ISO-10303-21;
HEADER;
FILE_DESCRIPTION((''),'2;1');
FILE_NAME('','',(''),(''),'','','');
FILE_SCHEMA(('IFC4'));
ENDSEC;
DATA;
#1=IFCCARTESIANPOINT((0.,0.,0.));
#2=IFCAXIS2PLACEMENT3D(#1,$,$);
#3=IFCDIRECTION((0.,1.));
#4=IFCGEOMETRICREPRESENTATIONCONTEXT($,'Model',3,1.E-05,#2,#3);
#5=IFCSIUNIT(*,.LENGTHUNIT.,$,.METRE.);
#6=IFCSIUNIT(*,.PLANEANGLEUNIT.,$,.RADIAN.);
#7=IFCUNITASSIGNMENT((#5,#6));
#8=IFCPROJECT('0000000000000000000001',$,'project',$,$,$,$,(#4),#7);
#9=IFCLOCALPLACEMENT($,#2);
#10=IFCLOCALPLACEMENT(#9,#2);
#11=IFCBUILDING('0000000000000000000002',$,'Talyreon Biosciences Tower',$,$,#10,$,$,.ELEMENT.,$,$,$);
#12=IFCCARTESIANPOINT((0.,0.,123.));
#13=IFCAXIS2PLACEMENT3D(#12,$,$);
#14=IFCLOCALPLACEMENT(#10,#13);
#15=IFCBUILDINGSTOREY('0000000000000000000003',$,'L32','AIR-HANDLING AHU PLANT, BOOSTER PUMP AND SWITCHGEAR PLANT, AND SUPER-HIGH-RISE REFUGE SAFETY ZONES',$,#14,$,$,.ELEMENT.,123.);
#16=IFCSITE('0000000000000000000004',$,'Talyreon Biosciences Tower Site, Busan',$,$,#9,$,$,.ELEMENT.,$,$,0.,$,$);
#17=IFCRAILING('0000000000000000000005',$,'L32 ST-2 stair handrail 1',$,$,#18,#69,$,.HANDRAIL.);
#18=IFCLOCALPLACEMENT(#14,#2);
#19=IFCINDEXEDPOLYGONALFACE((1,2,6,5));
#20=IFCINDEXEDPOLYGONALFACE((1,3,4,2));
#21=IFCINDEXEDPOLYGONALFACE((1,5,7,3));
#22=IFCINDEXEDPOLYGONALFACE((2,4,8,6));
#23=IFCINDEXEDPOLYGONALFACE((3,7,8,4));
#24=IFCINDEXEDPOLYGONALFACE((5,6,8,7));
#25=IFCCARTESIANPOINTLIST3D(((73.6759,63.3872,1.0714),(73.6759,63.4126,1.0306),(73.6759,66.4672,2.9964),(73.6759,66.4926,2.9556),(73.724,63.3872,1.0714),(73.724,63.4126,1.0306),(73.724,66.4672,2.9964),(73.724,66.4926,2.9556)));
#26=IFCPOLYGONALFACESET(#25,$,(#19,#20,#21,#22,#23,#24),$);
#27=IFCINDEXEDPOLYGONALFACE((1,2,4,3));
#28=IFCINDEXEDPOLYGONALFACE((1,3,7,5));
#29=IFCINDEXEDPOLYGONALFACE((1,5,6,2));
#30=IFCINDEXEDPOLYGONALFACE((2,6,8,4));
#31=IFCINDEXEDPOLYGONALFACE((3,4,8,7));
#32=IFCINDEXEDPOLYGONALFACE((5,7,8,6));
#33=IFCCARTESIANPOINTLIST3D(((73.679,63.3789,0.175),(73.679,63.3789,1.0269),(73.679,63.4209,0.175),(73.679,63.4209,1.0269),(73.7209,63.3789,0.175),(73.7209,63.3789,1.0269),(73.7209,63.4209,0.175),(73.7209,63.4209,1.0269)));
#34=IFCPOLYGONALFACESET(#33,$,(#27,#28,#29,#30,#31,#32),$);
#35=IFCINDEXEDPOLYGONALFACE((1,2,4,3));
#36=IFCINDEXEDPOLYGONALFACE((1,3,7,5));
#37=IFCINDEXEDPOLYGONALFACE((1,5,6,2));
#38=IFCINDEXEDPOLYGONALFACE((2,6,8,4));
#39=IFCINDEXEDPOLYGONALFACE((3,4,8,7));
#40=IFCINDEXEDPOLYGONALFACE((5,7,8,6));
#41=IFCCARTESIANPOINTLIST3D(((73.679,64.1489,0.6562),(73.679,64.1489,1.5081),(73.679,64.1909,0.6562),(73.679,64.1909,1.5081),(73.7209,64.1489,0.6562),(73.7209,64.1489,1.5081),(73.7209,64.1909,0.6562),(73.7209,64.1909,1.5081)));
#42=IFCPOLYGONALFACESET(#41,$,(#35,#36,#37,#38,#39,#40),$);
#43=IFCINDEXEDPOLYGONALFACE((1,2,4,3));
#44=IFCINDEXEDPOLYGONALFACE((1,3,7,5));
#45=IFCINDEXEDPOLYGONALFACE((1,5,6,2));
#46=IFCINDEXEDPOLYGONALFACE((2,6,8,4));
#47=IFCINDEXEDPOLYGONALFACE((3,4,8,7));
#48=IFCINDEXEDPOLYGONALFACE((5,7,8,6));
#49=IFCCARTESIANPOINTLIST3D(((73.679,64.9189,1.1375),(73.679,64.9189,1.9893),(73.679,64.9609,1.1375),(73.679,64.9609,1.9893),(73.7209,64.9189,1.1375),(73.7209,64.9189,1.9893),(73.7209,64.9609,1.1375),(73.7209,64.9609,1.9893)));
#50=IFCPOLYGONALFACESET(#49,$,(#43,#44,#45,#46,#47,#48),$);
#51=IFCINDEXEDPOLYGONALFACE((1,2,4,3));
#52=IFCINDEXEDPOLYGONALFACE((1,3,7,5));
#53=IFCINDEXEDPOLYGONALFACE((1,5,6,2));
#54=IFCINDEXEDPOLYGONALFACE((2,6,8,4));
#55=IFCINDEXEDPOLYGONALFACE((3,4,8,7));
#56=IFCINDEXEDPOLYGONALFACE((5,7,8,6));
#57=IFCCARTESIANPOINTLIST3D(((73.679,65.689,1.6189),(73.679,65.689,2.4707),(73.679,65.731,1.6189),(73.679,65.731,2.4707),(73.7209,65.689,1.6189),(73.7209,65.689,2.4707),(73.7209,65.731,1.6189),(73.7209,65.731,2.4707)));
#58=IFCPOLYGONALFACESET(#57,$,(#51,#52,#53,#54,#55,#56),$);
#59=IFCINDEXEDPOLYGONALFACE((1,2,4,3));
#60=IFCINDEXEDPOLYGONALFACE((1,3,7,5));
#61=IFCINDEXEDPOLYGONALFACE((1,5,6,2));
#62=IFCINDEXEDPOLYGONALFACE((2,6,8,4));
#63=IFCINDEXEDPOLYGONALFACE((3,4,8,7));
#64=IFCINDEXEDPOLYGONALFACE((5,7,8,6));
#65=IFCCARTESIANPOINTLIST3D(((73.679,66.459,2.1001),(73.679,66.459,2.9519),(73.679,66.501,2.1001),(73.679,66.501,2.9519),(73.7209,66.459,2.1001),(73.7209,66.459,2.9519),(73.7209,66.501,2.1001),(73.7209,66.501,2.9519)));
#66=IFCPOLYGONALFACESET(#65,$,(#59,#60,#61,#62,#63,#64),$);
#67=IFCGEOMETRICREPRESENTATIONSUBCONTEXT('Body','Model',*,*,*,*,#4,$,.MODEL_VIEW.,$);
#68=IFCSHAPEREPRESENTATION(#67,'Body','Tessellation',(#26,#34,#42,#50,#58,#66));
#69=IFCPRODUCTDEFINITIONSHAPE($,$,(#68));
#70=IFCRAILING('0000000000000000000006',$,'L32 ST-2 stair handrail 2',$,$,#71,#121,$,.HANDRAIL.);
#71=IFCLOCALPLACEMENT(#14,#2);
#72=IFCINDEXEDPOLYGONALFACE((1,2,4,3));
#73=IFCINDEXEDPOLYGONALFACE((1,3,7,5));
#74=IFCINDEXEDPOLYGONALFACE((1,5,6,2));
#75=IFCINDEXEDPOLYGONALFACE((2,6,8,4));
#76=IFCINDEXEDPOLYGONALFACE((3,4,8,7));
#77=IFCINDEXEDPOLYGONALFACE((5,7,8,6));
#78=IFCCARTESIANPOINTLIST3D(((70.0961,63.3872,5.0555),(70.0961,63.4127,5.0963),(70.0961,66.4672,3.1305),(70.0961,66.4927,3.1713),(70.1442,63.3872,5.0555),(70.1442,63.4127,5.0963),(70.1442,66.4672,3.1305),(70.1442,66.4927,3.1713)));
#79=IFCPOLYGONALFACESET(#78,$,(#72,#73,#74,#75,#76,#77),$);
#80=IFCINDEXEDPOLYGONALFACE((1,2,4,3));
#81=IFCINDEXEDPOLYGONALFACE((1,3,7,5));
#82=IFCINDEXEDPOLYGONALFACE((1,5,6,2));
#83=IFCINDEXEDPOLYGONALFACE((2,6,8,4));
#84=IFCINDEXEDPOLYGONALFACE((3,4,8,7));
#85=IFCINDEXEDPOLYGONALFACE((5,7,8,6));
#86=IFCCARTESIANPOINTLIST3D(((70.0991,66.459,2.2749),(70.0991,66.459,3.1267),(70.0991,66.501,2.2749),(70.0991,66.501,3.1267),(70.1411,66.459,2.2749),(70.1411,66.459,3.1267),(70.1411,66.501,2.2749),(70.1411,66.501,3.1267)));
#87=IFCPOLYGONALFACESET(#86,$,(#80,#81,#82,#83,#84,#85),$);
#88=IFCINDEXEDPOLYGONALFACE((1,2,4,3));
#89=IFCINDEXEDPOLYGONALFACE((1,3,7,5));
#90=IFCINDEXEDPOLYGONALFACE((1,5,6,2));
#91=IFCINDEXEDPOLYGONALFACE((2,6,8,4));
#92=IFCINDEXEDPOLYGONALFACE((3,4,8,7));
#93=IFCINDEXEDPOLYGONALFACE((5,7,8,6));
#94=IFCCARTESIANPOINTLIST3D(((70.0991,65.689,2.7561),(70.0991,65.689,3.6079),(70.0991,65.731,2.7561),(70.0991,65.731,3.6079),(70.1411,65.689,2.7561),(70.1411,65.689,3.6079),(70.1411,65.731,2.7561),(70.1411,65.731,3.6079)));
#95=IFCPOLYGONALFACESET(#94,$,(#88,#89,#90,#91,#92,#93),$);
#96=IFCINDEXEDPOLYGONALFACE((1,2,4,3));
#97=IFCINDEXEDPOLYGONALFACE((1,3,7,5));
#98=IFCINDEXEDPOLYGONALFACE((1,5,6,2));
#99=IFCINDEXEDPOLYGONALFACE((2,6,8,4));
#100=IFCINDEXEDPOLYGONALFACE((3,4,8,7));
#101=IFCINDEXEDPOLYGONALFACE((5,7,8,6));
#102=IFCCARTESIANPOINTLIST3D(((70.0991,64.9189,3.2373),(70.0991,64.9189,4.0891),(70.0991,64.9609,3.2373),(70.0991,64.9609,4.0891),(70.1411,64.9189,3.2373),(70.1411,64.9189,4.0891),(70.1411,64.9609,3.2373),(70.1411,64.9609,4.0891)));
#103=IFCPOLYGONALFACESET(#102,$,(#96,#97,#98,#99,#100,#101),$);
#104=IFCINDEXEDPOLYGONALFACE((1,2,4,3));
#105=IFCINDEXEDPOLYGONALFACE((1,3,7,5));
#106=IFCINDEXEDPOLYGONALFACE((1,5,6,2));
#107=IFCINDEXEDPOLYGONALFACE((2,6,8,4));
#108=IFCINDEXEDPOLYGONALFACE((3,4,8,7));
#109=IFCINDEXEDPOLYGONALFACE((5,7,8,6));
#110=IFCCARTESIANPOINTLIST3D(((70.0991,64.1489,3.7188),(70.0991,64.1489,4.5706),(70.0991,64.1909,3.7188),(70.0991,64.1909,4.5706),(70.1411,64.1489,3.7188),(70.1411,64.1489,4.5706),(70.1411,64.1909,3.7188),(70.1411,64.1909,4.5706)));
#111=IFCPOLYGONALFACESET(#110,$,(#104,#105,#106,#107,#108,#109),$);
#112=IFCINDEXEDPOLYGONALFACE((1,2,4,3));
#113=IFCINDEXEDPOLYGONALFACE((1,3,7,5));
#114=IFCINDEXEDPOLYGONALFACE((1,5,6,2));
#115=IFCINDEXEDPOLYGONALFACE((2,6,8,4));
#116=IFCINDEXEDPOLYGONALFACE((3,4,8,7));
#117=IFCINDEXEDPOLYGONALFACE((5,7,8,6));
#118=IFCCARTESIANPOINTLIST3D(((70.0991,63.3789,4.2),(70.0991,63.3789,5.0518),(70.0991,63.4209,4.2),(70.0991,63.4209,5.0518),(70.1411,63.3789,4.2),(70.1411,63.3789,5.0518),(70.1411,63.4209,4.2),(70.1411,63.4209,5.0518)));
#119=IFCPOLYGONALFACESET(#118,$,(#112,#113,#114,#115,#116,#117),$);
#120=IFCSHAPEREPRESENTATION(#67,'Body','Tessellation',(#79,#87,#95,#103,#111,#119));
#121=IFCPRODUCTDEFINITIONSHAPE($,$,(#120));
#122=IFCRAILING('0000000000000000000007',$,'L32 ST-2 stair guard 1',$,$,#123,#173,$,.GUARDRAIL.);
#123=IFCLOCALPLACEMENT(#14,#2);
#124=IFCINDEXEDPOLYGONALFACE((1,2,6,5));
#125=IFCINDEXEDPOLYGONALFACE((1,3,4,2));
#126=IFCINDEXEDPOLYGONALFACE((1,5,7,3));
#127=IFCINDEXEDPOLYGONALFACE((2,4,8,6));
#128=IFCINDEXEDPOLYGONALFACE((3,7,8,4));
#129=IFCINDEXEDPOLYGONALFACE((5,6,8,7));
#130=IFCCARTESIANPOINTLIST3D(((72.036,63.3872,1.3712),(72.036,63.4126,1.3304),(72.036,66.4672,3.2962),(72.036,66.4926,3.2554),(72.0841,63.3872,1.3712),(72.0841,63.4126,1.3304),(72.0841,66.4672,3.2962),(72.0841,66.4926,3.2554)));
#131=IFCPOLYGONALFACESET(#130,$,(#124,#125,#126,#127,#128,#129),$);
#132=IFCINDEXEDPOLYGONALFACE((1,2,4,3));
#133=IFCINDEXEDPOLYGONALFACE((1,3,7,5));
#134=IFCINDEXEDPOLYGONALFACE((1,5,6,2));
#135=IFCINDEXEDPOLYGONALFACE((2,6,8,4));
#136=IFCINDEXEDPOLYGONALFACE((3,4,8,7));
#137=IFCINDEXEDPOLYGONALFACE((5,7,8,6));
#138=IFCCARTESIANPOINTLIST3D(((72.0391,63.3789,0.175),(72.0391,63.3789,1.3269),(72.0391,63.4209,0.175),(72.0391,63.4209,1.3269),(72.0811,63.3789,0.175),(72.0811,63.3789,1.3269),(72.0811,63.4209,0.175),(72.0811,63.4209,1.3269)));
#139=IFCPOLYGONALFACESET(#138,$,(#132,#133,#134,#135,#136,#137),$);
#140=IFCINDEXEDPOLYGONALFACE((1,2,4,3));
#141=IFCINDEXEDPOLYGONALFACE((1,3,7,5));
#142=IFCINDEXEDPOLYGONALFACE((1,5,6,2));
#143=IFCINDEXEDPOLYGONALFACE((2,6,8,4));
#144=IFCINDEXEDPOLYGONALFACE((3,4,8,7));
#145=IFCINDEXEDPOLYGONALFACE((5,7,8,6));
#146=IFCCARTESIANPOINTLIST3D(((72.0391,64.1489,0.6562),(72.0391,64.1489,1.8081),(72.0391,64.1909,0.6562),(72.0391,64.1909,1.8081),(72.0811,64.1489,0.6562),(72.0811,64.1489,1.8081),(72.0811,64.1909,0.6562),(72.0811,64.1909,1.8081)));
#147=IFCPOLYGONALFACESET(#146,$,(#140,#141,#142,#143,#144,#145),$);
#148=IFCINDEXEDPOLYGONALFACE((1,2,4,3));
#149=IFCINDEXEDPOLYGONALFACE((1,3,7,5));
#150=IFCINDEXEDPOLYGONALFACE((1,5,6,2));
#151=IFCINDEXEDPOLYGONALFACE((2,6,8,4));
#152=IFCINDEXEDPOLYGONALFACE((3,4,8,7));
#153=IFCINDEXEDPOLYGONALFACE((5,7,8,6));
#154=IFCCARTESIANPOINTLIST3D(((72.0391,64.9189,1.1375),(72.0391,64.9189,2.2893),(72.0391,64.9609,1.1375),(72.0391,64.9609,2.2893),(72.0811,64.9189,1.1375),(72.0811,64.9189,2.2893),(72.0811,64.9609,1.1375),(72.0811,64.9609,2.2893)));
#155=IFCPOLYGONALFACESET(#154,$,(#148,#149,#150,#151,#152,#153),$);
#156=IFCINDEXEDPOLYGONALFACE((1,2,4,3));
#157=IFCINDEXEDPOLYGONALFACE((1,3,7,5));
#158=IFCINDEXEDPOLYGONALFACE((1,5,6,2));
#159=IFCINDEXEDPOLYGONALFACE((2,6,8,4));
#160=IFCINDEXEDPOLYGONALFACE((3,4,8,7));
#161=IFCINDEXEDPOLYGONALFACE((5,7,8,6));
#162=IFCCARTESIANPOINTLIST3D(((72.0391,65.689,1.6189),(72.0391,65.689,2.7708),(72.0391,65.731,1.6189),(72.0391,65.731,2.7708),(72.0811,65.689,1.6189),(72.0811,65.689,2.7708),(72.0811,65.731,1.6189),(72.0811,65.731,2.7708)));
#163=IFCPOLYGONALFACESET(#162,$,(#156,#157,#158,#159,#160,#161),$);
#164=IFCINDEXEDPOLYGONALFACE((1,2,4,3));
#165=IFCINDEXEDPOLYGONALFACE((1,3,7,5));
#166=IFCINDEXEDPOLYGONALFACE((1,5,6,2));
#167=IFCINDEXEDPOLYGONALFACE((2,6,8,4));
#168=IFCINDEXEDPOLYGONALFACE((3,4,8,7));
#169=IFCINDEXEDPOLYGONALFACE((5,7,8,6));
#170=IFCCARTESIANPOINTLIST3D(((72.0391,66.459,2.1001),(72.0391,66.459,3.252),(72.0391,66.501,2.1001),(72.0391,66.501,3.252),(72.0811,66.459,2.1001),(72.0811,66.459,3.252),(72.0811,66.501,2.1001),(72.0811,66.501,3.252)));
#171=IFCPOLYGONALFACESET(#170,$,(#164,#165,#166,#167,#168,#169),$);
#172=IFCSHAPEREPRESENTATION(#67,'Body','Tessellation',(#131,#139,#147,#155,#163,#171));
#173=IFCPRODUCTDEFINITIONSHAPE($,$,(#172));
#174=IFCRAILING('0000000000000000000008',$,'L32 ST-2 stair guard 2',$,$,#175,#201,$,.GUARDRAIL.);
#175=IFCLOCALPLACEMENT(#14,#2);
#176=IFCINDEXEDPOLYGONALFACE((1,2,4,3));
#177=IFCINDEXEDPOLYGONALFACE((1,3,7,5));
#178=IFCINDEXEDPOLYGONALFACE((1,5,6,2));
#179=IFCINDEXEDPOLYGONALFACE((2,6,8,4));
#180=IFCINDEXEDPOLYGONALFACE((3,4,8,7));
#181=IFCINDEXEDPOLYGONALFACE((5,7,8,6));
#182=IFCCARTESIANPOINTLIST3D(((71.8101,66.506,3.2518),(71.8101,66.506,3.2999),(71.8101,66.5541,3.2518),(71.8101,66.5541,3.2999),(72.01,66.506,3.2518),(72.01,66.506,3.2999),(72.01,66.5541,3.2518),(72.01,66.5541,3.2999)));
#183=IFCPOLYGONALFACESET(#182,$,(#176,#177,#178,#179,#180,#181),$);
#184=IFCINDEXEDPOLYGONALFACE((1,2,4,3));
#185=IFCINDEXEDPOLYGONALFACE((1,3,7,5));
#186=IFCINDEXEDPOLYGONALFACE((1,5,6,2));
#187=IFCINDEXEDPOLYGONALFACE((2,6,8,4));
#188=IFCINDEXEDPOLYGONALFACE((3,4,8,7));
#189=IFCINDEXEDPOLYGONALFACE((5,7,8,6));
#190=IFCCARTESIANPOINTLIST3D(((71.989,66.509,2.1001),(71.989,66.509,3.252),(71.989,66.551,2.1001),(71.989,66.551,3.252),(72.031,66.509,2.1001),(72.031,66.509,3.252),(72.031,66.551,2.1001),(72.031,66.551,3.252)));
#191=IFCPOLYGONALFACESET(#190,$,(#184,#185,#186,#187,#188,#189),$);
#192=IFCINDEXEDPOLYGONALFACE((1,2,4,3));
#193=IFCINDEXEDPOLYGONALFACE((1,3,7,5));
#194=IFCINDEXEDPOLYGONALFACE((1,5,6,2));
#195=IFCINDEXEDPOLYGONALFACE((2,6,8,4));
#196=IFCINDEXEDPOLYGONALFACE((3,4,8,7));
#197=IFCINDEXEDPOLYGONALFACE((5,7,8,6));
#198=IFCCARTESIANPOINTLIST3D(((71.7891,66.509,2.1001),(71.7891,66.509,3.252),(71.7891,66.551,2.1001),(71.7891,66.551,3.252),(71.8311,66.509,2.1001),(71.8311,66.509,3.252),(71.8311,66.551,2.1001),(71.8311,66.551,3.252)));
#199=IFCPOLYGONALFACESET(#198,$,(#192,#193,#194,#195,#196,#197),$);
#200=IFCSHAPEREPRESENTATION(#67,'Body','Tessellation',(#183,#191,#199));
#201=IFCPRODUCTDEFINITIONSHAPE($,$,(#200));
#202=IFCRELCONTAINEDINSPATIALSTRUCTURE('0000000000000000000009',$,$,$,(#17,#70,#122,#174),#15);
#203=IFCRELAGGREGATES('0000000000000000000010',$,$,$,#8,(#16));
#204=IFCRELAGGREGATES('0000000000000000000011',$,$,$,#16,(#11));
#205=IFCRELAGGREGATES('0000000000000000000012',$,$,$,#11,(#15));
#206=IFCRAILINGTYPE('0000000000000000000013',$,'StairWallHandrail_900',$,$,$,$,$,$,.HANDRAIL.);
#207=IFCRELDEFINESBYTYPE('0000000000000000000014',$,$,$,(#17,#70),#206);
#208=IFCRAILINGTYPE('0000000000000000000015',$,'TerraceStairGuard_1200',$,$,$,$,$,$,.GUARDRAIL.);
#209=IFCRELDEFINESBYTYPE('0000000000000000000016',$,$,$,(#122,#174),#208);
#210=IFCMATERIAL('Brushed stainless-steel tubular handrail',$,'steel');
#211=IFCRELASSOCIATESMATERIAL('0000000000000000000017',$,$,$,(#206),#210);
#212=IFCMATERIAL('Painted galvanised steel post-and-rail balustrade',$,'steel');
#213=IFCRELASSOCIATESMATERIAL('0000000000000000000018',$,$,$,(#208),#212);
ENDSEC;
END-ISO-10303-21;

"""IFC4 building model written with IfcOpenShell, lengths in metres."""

from ifc_helpers import new_model, si_unit, direction, frame, origin, origin_2d, place, context, subcontext, project, spatial, rectangle, extrude, material, type_object, element, save


model = new_model("IFC4")

# Units and contexts
model_context = context("Model", 3, precision=1e-05, world=origin(), true_north=direction((0.0, 1.0)))
body_context = subcontext(model_context, "Body", "Model", "MODEL_VIEW")
ifc_project = project(units=[si_unit("LENGTHUNIT", "METRE"), si_unit("PLANEANGLEUNIT", "RADIAN")], contexts=[model_context])

# Site, building, storey
site_placement = place(None, origin())
site = spatial("IfcSite", under=ifc_project, at=site_placement, Name="Talyreon Biosciences Tower Site, Busan", CompositionType="ELEMENT", RefElevation=0.0)
building_placement = place(site_placement, origin())
building = spatial("IfcBuilding", under=site, at=building_placement, Name="Talyreon Biosciences Tower", CompositionType="ELEMENT")
storey_placement = place(building_placement, frame((0.0, 0.0, 123.0)))
storey = spatial("IfcBuildingStorey", under=building, at=storey_placement, Name="L32", Description="AIR-HANDLING AHU PLANT, BOOSTER PUMP AND SWITCHGEAR PLANT, AND SUPER-HIGH-RISE REFUGE SAFETY ZONES", CompositionType="ELEMENT", Elevation=123.0)

# Railings
ifc_material_1 = material(Name="Brushed stainless-steel tubular handrail", Category="steel")
railing_type_1 = type_object("IfcRailingType", Name="StairWallHandrail_900", PredefinedType="HANDRAIL", material=ifc_material_1)
railing_1_placement = place(storey_placement, frame((73.7, 63.3999, 0.175)))
element("IfcRailing", 1, at=railing_1_placement, inside=storey, type_object=railing_type_1, Name="L32 ST-2 stair handrail 1", PredefinedType="HANDRAIL", context=body_context, shape_type="SweptSolid", body=[
    extrude(rectangle(XDim=0.0481, YDim=0.0481, at=origin_2d()), frame((0.0, 0.0, 0.876), z_axis=(0.0, 0.847998, 0.529999), x_axis=(-1.0, 0.0, 0.0)), (0.0, 0.0, 1.0), 3.6321),
    extrude(rectangle(XDim=0.042, YDim=0.042, at=origin_2d()), origin(), (0.0, 0.0, 1.0), 0.8518),
    extrude(rectangle(XDim=0.042, YDim=0.042, at=origin_2d()), frame((0.0, 0.77, 0.4812)), (0.0, 0.0, 1.0), 0.8518),
    extrude(rectangle(XDim=0.042, YDim=0.042, at=origin_2d()), frame((0.0, 1.54, 0.9624)), (0.0, 0.0, 1.0), 0.8518),
    extrude(rectangle(XDim=0.042, YDim=0.042, at=origin_2d()), frame((0.0, 2.3101, 1.4438)), (0.0, 0.0, 1.0), 0.8518),
    extrude(rectangle(XDim=0.042, YDim=0.042, at=origin_2d()), frame((0.0, 3.0801, 1.925)), (0.0, 0.0, 1.0), 0.8518),
])
railing_2_placement = place(storey_placement, frame((70.1201, 66.48, 2.2749)))
element("IfcRailing", 2, at=railing_2_placement, inside=storey, type_object=railing_type_1, Name="L32 ST-2 stair handrail 2", PredefinedType="HANDRAIL", context=body_context, shape_type="SweptSolid", body=[
    extrude(rectangle(XDim=0.0481, YDim=0.0481, at=origin_2d()), frame((0.0, 0.0, 0.876), z_axis=(0.0, -0.847998, 0.529999), x_axis=(1.0, 0.0, 0.0)), (0.0, 0.0, 1.0), 3.6321),
    extrude(rectangle(XDim=0.042, YDim=0.042, at=origin_2d()), origin(), (0.0, 0.0, 1.0), 0.8518),
    extrude(rectangle(XDim=0.042, YDim=0.042, at=origin_2d()), frame((0.0, -0.77, 0.4812)), (0.0, 0.0, 1.0), 0.8518),
    extrude(rectangle(XDim=0.042, YDim=0.042, at=origin_2d()), frame((0.0, -1.54, 0.9624)), (0.0, 0.0, 1.0), 0.8518),
    extrude(rectangle(XDim=0.042, YDim=0.042, at=origin_2d()), frame((0.0, -2.3101, 1.4438)), (0.0, 0.0, 1.0), 0.8518),
    extrude(rectangle(XDim=0.042, YDim=0.042, at=origin_2d()), frame((0.0, -3.0801, 1.925)), (0.0, 0.0, 1.0), 0.8518),
])
ifc_material_2 = material(Name="Painted galvanised steel post-and-rail balustrade", Category="steel")
railing_type_2 = type_object("IfcRailingType", Name="TerraceStairGuard_1200", PredefinedType="GUARDRAIL", material=ifc_material_2)
railing_3_placement = place(storey_placement, frame((72.0601, 63.3999, 0.175)))
element("IfcRailing", 3, at=railing_3_placement, inside=storey, type_object=railing_type_2, Name="L32 ST-2 stair guard 1", PredefinedType="GUARDRAIL", context=body_context, shape_type="SweptSolid", body=[
    extrude(rectangle(XDim=0.0481, YDim=0.0481, at=origin_2d()), frame((0.0, 0.0, 1.1758), z_axis=(0.0, 0.847998, 0.529999), x_axis=(-1.0, 0.0, 0.0)), (0.0, 0.0, 1.0), 3.6321),
    extrude(rectangle(XDim=0.042, YDim=0.042, at=origin_2d()), origin(), (0.0, 0.0, 1.0), 1.1519),
    extrude(rectangle(XDim=0.042, YDim=0.042, at=origin_2d()), frame((0.0, 0.77, 0.4812)), (0.0, 0.0, 1.0), 1.1519),
    extrude(rectangle(XDim=0.042, YDim=0.042, at=origin_2d()), frame((0.0, 1.54, 0.9624)), (0.0, 0.0, 1.0), 1.1519),
    extrude(rectangle(XDim=0.042, YDim=0.042, at=origin_2d()), frame((0.0, 2.3101, 1.4438)), (0.0, 0.0, 1.0), 1.1519),
    extrude(rectangle(XDim=0.042, YDim=0.042, at=origin_2d()), frame((0.0, 3.0801, 1.925)), (0.0, 0.0, 1.0), 1.1519),
])
railing_4_placement = place(storey_placement, frame((72.01, 66.53, 2.1001)))
element("IfcRailing", 4, at=railing_4_placement, inside=storey, type_object=railing_type_2, Name="L32 ST-2 stair guard 2", PredefinedType="GUARDRAIL", context=body_context, shape_type="SweptSolid", body=[
    extrude(rectangle(XDim=0.0481, YDim=0.0481, at=origin_2d()), frame((0.0, 0.0, 1.1758), z_axis=(-1.0, 0.0, 0.0), x_axis=(0.0, -1.0, 0.0)), (0.0, 0.0, 1.0), 0.2),
    extrude(rectangle(XDim=0.042, YDim=0.042, at=origin_2d()), origin(), (0.0, 0.0, 1.0), 1.1519),
    extrude(rectangle(XDim=0.042, YDim=0.042, at=origin_2d()), frame((-0.2, 0.0, 0.0)), (0.0, 0.0, 1.0), 1.1519),
])

save(model, "model.ifc")
